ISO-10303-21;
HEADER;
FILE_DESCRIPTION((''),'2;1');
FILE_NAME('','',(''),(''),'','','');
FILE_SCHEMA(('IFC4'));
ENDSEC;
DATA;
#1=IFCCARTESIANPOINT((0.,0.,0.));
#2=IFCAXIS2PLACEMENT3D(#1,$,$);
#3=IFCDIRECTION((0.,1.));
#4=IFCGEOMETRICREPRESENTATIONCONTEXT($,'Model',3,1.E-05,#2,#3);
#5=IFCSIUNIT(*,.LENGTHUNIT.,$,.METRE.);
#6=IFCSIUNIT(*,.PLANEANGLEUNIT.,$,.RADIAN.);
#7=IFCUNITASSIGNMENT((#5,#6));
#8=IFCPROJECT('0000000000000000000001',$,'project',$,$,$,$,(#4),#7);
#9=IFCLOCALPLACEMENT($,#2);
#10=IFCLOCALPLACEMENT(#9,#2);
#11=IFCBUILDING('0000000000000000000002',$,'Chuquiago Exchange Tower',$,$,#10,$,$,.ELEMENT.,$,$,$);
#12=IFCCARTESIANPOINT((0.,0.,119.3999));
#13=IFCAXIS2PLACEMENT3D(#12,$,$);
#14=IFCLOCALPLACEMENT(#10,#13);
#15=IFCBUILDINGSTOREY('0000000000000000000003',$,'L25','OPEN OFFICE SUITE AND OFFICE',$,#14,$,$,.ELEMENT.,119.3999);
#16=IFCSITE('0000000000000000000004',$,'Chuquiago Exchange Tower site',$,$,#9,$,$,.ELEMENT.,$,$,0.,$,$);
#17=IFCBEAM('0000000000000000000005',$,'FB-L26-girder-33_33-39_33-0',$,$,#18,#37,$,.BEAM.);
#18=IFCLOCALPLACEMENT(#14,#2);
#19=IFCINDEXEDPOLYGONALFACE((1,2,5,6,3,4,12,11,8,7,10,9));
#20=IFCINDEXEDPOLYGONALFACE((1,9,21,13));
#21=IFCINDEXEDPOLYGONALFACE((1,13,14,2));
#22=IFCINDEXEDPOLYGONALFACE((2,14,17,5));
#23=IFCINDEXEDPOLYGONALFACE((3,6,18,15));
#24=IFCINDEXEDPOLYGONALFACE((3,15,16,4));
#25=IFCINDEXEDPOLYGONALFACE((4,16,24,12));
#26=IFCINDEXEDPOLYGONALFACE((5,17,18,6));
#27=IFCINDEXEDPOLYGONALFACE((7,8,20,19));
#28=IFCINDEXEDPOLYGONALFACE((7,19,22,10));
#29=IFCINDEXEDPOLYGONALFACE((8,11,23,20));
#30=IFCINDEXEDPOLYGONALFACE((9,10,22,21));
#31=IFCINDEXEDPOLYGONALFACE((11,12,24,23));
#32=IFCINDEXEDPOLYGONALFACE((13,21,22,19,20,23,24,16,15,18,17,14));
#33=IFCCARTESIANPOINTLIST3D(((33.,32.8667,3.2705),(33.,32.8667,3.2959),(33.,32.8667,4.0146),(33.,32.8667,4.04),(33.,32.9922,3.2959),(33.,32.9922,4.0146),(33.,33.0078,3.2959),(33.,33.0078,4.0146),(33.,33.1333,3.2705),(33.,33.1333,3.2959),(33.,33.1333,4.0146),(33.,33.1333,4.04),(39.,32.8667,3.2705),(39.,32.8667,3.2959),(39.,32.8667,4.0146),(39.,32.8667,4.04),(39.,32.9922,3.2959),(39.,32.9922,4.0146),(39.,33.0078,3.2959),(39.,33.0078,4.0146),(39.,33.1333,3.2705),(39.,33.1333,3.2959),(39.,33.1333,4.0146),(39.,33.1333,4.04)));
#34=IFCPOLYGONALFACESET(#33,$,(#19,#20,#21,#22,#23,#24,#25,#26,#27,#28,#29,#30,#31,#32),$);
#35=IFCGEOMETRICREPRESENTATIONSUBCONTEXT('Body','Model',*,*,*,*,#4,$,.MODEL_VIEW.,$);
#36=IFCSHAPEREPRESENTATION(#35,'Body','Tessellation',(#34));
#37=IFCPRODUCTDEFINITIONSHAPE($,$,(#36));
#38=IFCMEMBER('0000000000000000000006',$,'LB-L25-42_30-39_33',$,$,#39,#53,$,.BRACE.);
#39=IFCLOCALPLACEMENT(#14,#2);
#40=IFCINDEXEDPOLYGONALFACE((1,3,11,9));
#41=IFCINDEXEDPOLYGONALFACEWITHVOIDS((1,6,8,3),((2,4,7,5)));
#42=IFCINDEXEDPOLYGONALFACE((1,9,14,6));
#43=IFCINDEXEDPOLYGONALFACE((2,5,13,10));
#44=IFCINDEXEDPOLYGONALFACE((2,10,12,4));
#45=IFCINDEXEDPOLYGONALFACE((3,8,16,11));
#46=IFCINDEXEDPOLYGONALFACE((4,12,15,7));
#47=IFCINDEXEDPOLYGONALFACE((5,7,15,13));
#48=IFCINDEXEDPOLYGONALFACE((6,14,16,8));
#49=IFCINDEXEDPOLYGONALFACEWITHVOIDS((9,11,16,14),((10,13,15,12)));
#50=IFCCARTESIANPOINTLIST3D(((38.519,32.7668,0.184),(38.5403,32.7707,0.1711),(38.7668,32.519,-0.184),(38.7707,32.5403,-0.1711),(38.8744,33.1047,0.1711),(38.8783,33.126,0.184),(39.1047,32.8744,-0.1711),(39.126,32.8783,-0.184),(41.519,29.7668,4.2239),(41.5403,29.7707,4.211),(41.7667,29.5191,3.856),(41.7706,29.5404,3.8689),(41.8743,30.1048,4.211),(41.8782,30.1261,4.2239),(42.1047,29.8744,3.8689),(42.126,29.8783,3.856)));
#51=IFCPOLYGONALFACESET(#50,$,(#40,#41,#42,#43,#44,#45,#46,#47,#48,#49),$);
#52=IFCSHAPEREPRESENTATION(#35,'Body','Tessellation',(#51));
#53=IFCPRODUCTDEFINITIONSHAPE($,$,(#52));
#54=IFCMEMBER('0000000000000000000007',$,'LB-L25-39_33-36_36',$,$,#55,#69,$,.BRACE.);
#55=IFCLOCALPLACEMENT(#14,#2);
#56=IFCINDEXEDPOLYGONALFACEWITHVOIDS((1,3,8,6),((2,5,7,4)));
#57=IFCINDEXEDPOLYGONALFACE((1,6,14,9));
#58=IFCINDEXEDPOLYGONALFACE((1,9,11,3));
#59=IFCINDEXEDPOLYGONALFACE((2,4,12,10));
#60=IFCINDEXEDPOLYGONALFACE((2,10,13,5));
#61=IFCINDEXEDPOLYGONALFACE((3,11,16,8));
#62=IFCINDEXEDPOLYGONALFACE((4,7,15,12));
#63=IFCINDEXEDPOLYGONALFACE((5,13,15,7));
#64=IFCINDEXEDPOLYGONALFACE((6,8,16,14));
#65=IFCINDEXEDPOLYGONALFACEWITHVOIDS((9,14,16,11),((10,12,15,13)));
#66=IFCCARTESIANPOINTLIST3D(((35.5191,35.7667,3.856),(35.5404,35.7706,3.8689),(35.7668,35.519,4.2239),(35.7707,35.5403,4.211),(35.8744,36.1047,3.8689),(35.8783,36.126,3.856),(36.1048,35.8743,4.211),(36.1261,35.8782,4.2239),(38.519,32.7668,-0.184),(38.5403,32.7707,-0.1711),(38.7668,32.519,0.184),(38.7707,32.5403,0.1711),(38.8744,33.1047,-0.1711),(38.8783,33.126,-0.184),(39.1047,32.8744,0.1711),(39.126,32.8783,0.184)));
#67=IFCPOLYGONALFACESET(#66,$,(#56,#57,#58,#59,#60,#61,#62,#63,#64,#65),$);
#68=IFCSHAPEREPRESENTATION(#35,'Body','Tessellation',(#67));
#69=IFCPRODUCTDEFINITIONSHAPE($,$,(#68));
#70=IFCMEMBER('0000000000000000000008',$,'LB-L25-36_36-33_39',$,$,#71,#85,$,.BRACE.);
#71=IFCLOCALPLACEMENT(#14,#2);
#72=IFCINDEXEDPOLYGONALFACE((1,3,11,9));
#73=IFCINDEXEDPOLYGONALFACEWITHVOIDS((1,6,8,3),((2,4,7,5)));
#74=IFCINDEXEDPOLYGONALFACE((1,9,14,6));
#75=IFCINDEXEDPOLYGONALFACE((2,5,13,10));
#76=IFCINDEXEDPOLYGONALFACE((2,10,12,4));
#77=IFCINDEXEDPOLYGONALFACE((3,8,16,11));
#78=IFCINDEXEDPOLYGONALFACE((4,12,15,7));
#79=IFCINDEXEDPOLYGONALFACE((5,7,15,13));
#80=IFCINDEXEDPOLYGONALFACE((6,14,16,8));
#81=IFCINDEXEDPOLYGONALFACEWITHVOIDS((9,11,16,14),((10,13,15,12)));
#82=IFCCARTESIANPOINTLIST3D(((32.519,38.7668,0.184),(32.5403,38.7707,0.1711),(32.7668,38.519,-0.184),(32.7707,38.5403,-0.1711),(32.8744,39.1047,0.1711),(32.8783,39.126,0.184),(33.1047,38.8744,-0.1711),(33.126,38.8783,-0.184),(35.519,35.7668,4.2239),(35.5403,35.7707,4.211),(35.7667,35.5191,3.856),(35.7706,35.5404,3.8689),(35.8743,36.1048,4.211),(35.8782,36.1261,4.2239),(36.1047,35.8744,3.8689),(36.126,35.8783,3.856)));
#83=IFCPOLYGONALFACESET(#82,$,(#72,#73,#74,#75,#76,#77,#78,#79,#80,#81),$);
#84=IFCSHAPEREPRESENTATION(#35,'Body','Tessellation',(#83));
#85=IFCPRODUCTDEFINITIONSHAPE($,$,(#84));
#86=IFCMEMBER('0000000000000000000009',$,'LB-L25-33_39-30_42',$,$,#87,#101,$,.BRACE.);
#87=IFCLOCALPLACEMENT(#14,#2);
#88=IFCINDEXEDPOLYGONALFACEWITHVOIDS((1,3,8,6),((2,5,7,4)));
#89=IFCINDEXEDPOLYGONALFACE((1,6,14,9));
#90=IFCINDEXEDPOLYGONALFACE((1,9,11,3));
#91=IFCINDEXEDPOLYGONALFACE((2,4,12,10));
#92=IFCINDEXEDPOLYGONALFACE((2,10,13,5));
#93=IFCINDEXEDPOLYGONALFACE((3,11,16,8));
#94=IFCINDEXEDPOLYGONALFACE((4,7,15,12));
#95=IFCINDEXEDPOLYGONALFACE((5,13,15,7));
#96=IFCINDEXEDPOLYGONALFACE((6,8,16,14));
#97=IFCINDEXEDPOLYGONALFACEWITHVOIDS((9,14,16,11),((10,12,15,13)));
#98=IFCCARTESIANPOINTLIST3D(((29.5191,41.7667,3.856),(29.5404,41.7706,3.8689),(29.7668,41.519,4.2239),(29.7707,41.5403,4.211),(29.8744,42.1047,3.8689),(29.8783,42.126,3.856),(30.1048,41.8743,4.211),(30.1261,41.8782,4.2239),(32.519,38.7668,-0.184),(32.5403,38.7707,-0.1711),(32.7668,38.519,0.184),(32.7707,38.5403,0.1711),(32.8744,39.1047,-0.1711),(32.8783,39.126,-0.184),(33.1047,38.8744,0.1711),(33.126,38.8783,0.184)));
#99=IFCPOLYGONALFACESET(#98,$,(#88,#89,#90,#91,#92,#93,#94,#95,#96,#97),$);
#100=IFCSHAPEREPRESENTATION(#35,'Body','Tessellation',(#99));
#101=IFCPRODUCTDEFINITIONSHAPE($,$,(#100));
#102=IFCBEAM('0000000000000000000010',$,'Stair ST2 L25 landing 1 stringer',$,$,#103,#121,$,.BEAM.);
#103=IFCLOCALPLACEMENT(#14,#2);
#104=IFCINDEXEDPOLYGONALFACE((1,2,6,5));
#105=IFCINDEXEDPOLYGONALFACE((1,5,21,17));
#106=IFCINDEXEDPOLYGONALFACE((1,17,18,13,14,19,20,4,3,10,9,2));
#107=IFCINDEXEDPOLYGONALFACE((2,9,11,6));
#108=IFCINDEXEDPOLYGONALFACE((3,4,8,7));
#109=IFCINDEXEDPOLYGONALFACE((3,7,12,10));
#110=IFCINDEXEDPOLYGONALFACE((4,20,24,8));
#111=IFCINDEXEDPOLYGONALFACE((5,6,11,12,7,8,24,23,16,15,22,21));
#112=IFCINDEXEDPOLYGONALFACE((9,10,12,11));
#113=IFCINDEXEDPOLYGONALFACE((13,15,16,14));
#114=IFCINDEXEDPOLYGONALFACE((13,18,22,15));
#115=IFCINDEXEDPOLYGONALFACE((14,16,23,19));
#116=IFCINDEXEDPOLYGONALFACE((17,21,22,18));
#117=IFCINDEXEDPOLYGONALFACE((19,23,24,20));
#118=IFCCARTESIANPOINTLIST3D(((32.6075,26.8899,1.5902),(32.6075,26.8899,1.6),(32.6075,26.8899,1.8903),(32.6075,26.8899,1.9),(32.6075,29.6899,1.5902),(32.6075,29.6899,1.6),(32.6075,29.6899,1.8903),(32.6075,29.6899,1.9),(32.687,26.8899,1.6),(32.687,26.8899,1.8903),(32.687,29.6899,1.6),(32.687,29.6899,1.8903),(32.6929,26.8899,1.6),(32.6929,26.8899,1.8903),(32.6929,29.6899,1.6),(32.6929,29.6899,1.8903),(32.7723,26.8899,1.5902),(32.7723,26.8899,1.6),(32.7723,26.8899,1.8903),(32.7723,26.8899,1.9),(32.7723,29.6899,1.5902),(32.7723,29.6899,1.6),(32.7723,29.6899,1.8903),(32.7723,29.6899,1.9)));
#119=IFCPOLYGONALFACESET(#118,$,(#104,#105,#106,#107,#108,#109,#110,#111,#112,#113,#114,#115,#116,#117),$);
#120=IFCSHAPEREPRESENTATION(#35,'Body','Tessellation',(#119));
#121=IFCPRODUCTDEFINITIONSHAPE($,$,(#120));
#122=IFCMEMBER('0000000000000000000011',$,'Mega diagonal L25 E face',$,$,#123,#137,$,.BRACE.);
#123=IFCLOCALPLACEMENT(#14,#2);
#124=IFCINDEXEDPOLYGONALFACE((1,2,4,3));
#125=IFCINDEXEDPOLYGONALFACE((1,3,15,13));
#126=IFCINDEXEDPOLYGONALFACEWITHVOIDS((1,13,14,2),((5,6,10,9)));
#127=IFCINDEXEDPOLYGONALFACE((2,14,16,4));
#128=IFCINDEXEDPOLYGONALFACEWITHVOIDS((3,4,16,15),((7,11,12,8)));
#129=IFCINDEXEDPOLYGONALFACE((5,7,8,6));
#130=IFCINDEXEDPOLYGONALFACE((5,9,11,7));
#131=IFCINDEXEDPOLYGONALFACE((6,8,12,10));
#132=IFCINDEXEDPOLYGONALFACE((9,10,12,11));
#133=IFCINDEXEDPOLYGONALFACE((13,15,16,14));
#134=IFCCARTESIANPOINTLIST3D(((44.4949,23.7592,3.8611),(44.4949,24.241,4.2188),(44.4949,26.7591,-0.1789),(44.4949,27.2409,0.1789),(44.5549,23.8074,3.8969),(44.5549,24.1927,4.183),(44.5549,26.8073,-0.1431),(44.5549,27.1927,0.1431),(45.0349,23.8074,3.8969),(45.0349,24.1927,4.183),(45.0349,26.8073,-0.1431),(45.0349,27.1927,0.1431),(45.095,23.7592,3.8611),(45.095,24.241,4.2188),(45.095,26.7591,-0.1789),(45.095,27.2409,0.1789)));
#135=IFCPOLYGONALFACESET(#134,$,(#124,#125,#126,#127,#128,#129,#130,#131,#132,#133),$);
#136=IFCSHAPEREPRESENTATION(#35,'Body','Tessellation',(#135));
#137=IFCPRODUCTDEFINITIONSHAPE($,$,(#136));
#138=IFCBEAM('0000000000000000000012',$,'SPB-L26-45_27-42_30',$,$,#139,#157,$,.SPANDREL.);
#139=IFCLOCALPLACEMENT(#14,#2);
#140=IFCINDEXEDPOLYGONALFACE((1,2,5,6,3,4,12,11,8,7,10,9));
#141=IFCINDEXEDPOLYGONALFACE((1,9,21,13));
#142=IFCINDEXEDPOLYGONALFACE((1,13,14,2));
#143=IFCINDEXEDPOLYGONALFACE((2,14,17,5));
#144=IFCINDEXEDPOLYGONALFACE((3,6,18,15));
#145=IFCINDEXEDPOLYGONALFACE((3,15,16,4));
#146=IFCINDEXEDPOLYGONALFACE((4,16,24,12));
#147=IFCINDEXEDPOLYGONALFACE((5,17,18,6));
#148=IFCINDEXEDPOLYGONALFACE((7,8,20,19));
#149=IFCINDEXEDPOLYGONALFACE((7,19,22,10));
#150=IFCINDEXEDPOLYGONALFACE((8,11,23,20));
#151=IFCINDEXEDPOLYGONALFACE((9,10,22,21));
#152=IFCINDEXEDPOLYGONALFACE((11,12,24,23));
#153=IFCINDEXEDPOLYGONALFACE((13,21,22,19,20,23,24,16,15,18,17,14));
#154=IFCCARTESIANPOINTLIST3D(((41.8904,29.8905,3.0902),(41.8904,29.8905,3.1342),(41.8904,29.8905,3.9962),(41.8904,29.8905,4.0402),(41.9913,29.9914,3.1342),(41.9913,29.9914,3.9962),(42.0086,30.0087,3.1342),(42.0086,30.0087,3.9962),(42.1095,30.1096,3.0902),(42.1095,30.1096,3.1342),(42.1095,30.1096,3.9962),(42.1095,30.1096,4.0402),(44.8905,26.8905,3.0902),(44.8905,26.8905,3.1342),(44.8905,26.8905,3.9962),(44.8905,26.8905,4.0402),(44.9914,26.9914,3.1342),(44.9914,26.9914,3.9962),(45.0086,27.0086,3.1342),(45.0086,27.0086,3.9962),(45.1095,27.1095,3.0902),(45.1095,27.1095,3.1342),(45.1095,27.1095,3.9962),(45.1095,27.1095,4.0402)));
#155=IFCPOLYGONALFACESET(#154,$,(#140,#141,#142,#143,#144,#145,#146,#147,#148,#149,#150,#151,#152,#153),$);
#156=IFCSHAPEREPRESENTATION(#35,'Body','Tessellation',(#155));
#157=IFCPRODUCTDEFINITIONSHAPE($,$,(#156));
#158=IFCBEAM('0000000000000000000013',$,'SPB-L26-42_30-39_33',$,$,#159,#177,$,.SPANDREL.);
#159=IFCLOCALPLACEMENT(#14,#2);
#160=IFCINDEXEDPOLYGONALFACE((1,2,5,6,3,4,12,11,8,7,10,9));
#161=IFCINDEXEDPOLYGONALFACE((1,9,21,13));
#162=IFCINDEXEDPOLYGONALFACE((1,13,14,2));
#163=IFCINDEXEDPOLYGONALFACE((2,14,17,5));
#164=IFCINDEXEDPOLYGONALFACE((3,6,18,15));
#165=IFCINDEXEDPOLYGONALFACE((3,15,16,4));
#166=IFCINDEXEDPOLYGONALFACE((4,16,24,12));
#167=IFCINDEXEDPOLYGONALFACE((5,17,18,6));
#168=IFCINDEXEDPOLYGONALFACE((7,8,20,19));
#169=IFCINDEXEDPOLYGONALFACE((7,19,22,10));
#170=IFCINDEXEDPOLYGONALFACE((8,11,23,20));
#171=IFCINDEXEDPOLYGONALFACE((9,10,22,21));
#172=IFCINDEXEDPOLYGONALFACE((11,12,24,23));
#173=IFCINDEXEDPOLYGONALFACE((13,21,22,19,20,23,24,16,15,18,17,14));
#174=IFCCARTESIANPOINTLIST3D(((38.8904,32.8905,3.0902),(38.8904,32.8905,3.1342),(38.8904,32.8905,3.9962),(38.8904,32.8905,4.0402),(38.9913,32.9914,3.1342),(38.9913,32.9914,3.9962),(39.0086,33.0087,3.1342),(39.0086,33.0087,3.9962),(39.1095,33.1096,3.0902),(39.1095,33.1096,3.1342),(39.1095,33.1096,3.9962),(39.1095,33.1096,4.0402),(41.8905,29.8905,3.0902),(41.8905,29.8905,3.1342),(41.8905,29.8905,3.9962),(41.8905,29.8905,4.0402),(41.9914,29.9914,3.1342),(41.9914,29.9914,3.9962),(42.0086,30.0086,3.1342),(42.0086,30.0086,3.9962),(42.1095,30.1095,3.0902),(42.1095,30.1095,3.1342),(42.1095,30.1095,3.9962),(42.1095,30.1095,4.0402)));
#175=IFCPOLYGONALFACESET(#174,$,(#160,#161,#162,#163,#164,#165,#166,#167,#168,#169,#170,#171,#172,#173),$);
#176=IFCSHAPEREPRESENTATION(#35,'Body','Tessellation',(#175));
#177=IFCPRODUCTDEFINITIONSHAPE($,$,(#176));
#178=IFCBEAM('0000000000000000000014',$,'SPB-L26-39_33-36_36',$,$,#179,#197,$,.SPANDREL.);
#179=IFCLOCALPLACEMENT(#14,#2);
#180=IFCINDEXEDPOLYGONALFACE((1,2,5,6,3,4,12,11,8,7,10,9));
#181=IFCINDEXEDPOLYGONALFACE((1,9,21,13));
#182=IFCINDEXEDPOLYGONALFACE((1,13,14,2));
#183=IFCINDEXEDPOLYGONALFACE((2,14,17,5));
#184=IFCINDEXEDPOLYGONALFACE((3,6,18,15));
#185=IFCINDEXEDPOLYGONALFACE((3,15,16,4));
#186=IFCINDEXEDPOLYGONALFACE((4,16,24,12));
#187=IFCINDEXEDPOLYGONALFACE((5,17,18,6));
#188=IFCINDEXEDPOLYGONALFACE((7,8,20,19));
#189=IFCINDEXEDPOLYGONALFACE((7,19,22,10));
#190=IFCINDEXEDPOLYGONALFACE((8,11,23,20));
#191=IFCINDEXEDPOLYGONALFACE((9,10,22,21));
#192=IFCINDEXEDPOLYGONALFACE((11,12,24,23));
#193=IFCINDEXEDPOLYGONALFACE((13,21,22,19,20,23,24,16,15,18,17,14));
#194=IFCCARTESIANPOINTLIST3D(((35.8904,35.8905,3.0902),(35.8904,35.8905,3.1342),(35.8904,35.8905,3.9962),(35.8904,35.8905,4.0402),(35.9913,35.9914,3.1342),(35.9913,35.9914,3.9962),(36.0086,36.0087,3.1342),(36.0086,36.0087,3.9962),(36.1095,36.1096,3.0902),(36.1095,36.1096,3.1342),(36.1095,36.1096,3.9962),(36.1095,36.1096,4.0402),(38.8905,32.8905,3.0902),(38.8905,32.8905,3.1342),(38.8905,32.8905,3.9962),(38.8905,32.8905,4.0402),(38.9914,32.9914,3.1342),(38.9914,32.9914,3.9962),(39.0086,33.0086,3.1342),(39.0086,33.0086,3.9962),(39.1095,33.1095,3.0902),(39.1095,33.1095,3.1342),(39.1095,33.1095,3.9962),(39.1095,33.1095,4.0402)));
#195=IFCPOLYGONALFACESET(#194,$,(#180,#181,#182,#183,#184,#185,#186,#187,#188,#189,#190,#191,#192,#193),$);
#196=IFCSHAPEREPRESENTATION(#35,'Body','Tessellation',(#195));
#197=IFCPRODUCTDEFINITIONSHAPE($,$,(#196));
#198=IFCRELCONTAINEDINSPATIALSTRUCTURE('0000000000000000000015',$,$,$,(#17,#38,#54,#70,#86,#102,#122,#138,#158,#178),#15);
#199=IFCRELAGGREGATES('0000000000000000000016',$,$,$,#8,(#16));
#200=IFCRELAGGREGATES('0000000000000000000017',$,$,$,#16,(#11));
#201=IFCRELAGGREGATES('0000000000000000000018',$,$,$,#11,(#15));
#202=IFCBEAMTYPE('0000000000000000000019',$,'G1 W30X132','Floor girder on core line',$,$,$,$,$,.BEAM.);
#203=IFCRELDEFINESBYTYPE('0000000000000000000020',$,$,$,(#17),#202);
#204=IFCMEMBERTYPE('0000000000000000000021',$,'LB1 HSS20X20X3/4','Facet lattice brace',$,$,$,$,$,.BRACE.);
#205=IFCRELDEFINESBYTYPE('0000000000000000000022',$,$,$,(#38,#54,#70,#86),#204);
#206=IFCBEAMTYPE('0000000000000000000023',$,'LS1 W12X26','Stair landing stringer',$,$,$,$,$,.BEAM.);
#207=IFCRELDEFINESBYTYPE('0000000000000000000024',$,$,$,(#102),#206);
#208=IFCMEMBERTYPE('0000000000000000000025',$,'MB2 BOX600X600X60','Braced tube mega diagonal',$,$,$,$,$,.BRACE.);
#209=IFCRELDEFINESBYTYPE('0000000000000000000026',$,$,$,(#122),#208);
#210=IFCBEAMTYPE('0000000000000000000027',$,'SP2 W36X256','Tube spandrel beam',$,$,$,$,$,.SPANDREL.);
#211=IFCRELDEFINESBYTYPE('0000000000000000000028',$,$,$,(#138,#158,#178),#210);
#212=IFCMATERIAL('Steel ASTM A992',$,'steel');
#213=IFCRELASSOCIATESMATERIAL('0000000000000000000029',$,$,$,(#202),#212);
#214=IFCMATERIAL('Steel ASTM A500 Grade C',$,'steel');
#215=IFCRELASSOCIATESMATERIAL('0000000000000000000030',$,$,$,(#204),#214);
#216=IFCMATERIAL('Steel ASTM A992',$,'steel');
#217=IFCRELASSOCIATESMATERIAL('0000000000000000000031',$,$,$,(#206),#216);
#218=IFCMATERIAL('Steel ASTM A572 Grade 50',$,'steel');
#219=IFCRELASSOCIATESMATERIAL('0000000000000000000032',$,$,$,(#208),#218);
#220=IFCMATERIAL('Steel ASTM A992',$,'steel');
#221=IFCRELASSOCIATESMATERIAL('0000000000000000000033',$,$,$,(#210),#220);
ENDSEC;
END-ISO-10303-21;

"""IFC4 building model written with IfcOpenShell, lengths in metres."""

from ifc_helpers import new_model, si_unit, direction, frame, origin, origin_2d, place, context, subcontext, project, spatial, hollow_rectangle, i_section, extrude, material, material_profile, profile_set, type_object, element, save


model = new_model("IFC4")

# Units and contexts
model_context = context("Model", 3, precision=1e-05, world=origin(), true_north=direction((0.0, 1.0)))
body_context = subcontext(model_context, "Body", "Model", "MODEL_VIEW")
ifc_project = project(units=[si_unit("LENGTHUNIT", "METRE"), si_unit("PLANEANGLEUNIT", "RADIAN")], contexts=[model_context])

# Site, building, storey
site_placement = place(None, origin())
site = spatial("IfcSite", under=ifc_project, at=site_placement, Name="Chuquiago Exchange Tower site", CompositionType="ELEMENT", RefElevation=0.0)
building_placement = place(site_placement, origin())
building = spatial("IfcBuilding", under=site, at=building_placement, Name="Chuquiago Exchange Tower", CompositionType="ELEMENT")
storey_placement = place(building_placement, frame((0.0, 0.0, 119.3999)))
storey = spatial("IfcBuildingStorey", under=building, at=storey_placement, Name="L25", Description="OPEN OFFICE SUITE AND OFFICE", CompositionType="ELEMENT", Elevation=119.3999)

# Beam
ifc_material_1 = material(Name="Steel ASTM A992", Category="steel")
ifc_material_profile_1 = material_profile(ifc_material_1, i_section(OverallWidth=0.2666, OverallDepth=0.7695, WebThickness=0.0156, FlangeThickness=0.0254, at=origin_2d()), Name="W30X132")
ifc_profile_set_1 = profile_set([ifc_material_profile_1], Name="Steel ASTM A992")
beam_type_1 = type_object("IfcBeamType", Name="G1 W30X132", Description="Floor girder on core line", PredefinedType="BEAM", material=ifc_profile_set_1)
for number, where, z_axis, x_axis, name in (
    (1, (33.0, 33.0, 3.6553), (1.0, 0.0, 0.0), (0.0, 1.0, 0.0), "FB-L26-girder-33_33-39_33-0"),
):
    element("IfcBeam", number, at=place(storey_placement, frame(where, z_axis=z_axis, x_axis=x_axis)), inside=storey, type_object=beam_type_1, Name=name, PredefinedType="BEAM", context=body_context, shape_type="SweptSolid", body=[
        extrude(i_section(OverallWidth=0.2666, OverallDepth=0.7695, WebThickness=0.0156, FlangeThickness=0.0254, at=origin_2d()), origin(), (0.0, 0.0, 1.0), 6.0),
    ])

# Members
ifc_material_2 = material(Name="Steel ASTM A500 Grade C", Category="steel")
ifc_material_profile_2 = material_profile(ifc_material_2, hollow_rectangle(XDim=0.5081, YDim=0.5081, WallThickness=0.0178, at=origin_2d()), Name="HSS20X20X3/4")
ifc_profile_set_2 = profile_set([ifc_material_profile_2], Name="Steel ASTM A500 Grade C")
member_type_1 = type_object("IfcMemberType", Name="LB1 HSS20X20X3/4", Description="Facet lattice brace", PredefinedType="BRACE", material=ifc_profile_set_2)
for number, where, z_axis, x_axis, name in (
    (2, (38.8225, 32.8225, 0.0), (0.512077, -0.512077, 0.689604), (0.707107, 0.707107, 0.0), "LB-L25-42_30-39_33"),
    (3, (38.8225, 32.8225, 0.0), (-0.512077, 0.512077, 0.689604), (-0.707107, -0.707107, 0.0), "LB-L25-39_33-36_36"),
    (4, (32.8225, 38.8225, 0.0), (0.512077, -0.512077, 0.689604), (0.707107, 0.707107, 0.0), "LB-L25-36_36-33_39"),
    (5, (32.8225, 38.8225, 0.0), (-0.512077, 0.512077, 0.689604), (-0.707107, -0.707107, 0.0), "LB-L25-33_39-30_42"),
):
    element("IfcMember", number, at=place(storey_placement, frame(where, z_axis=z_axis, x_axis=x_axis)), inside=storey, type_object=member_type_1, Name=name, PredefinedType="BRACE", context=body_context, shape_type="SweptSolid", body=[
        extrude(hollow_rectangle(XDim=0.5081, YDim=0.5081, WallThickness=0.0178, at=origin_2d()), origin(), (0.0, 0.0, 1.0), 5.8584),
    ])

# Beam
ifc_material_3 = material(Name="Steel ASTM A992", Category="steel")
ifc_material_profile_3 = material_profile(ifc_material_3, i_section(OverallWidth=0.1648, OverallDepth=0.3098, WebThickness=0.0059, FlangeThickness=0.0098, at=origin_2d()), Name="W12X26")
ifc_profile_set_3 = profile_set([ifc_material_profile_3], Name="Steel ASTM A992")
beam_type_2 = type_object("IfcBeamType", Name="LS1 W12X26", Description="Stair landing stringer", PredefinedType="BEAM", material=ifc_profile_set_3)
beam_1_placement = place(storey_placement, frame((32.6899, 26.8899, 1.7451), z_axis=(0.0, 1.0, 0.0), x_axis=(-1.0, 0.0, 0.0)))
element("IfcBeam", 6, at=beam_1_placement, inside=storey, type_object=beam_type_2, Name="Stair ST2 L25 landing 1 stringer", PredefinedType="BEAM", context=body_context, shape_type="SweptSolid", body=[
    extrude(i_section(OverallWidth=0.1648, OverallDepth=0.3098, WebThickness=0.0059, FlangeThickness=0.0098, at=origin_2d()), origin(), (0.0, 0.0, 1.0), 2.8),
])

# Member
ifc_material_4 = material(Name="Steel ASTM A572 Grade 50", Category="steel")
ifc_material_profile_4 = material_profile(ifc_material_4, hollow_rectangle(XDim=0.6001, YDim=0.6001, WallThickness=0.0601, at=origin_2d()), Name="BOX600X600X60")
ifc_profile_set_4 = profile_set([ifc_material_profile_4], Name="Steel ASTM A572 Grade 50")
member_type_2 = type_object("IfcMemberType", Name="MB2 BOX600X600X60", Description="Braced tube mega diagonal", PredefinedType="BRACE", material=ifc_profile_set_4)
member_1_placement = place(storey_placement, frame((44.7949, 27.0, 0.0), z_axis=(0.0, -0.596174, 0.802855), x_axis=(1.0, 0.0, 0.0)))
element("IfcMember", 7, at=member_1_placement, inside=storey, type_object=member_type_2, Name="Mega diagonal L25 E face", PredefinedType="BRACE", context=body_context, shape_type="SweptSolid", body=[
    extrude(hollow_rectangle(XDim=0.6001, YDim=0.6001, WallThickness=0.0601, at=origin_2d()), origin(), (0.0, 0.0, 1.0), 5.032),
])

# Beams
ifc_material_5 = material(Name="Steel ASTM A992", Category="steel")
ifc_material_profile_5 = material_profile(ifc_material_5, i_section(OverallWidth=0.3098, OverallDepth=0.95, WebThickness=0.0244, FlangeThickness=0.0439, at=origin_2d()), Name="W36X256")
ifc_profile_set_5 = profile_set([ifc_material_profile_5], Name="Steel ASTM A992")
beam_type_3 = type_object("IfcBeamType", Name="SP2 W36X256", Description="Tube spandrel beam", PredefinedType="SPANDREL", material=ifc_profile_set_5)
for number, where, z_axis, x_axis, name in (
    (8, (45.0, 27.0, 3.5652), (-0.707107, 0.707107, 0.0), (-0.707107, -0.707107, 0.0), "SPB-L26-45_27-42_30"),
    (9, (42.0, 30.0, 3.5652), (-0.707107, 0.707107, 0.0), (-0.707107, -0.707107, 0.0), "SPB-L26-42_30-39_33"),
    (10, (39.0, 33.0, 3.5652), (-0.707107, 0.707107, 0.0), (-0.707107, -0.707107, 0.0), "SPB-L26-39_33-36_36"),
):
    element("IfcBeam", number, at=place(storey_placement, frame(where, z_axis=z_axis, x_axis=x_axis)), inside=storey, type_object=beam_type_3, Name=name, PredefinedType="SPANDREL", context=body_context, shape_type="SweptSolid", body=[
        extrude(i_section(OverallWidth=0.3098, OverallDepth=0.95, WebThickness=0.0244, FlangeThickness=0.0439, at=origin_2d()), origin(), (0.0, 0.0, 1.0), 4.2427),
    ])

save(model, "model.ifc")
